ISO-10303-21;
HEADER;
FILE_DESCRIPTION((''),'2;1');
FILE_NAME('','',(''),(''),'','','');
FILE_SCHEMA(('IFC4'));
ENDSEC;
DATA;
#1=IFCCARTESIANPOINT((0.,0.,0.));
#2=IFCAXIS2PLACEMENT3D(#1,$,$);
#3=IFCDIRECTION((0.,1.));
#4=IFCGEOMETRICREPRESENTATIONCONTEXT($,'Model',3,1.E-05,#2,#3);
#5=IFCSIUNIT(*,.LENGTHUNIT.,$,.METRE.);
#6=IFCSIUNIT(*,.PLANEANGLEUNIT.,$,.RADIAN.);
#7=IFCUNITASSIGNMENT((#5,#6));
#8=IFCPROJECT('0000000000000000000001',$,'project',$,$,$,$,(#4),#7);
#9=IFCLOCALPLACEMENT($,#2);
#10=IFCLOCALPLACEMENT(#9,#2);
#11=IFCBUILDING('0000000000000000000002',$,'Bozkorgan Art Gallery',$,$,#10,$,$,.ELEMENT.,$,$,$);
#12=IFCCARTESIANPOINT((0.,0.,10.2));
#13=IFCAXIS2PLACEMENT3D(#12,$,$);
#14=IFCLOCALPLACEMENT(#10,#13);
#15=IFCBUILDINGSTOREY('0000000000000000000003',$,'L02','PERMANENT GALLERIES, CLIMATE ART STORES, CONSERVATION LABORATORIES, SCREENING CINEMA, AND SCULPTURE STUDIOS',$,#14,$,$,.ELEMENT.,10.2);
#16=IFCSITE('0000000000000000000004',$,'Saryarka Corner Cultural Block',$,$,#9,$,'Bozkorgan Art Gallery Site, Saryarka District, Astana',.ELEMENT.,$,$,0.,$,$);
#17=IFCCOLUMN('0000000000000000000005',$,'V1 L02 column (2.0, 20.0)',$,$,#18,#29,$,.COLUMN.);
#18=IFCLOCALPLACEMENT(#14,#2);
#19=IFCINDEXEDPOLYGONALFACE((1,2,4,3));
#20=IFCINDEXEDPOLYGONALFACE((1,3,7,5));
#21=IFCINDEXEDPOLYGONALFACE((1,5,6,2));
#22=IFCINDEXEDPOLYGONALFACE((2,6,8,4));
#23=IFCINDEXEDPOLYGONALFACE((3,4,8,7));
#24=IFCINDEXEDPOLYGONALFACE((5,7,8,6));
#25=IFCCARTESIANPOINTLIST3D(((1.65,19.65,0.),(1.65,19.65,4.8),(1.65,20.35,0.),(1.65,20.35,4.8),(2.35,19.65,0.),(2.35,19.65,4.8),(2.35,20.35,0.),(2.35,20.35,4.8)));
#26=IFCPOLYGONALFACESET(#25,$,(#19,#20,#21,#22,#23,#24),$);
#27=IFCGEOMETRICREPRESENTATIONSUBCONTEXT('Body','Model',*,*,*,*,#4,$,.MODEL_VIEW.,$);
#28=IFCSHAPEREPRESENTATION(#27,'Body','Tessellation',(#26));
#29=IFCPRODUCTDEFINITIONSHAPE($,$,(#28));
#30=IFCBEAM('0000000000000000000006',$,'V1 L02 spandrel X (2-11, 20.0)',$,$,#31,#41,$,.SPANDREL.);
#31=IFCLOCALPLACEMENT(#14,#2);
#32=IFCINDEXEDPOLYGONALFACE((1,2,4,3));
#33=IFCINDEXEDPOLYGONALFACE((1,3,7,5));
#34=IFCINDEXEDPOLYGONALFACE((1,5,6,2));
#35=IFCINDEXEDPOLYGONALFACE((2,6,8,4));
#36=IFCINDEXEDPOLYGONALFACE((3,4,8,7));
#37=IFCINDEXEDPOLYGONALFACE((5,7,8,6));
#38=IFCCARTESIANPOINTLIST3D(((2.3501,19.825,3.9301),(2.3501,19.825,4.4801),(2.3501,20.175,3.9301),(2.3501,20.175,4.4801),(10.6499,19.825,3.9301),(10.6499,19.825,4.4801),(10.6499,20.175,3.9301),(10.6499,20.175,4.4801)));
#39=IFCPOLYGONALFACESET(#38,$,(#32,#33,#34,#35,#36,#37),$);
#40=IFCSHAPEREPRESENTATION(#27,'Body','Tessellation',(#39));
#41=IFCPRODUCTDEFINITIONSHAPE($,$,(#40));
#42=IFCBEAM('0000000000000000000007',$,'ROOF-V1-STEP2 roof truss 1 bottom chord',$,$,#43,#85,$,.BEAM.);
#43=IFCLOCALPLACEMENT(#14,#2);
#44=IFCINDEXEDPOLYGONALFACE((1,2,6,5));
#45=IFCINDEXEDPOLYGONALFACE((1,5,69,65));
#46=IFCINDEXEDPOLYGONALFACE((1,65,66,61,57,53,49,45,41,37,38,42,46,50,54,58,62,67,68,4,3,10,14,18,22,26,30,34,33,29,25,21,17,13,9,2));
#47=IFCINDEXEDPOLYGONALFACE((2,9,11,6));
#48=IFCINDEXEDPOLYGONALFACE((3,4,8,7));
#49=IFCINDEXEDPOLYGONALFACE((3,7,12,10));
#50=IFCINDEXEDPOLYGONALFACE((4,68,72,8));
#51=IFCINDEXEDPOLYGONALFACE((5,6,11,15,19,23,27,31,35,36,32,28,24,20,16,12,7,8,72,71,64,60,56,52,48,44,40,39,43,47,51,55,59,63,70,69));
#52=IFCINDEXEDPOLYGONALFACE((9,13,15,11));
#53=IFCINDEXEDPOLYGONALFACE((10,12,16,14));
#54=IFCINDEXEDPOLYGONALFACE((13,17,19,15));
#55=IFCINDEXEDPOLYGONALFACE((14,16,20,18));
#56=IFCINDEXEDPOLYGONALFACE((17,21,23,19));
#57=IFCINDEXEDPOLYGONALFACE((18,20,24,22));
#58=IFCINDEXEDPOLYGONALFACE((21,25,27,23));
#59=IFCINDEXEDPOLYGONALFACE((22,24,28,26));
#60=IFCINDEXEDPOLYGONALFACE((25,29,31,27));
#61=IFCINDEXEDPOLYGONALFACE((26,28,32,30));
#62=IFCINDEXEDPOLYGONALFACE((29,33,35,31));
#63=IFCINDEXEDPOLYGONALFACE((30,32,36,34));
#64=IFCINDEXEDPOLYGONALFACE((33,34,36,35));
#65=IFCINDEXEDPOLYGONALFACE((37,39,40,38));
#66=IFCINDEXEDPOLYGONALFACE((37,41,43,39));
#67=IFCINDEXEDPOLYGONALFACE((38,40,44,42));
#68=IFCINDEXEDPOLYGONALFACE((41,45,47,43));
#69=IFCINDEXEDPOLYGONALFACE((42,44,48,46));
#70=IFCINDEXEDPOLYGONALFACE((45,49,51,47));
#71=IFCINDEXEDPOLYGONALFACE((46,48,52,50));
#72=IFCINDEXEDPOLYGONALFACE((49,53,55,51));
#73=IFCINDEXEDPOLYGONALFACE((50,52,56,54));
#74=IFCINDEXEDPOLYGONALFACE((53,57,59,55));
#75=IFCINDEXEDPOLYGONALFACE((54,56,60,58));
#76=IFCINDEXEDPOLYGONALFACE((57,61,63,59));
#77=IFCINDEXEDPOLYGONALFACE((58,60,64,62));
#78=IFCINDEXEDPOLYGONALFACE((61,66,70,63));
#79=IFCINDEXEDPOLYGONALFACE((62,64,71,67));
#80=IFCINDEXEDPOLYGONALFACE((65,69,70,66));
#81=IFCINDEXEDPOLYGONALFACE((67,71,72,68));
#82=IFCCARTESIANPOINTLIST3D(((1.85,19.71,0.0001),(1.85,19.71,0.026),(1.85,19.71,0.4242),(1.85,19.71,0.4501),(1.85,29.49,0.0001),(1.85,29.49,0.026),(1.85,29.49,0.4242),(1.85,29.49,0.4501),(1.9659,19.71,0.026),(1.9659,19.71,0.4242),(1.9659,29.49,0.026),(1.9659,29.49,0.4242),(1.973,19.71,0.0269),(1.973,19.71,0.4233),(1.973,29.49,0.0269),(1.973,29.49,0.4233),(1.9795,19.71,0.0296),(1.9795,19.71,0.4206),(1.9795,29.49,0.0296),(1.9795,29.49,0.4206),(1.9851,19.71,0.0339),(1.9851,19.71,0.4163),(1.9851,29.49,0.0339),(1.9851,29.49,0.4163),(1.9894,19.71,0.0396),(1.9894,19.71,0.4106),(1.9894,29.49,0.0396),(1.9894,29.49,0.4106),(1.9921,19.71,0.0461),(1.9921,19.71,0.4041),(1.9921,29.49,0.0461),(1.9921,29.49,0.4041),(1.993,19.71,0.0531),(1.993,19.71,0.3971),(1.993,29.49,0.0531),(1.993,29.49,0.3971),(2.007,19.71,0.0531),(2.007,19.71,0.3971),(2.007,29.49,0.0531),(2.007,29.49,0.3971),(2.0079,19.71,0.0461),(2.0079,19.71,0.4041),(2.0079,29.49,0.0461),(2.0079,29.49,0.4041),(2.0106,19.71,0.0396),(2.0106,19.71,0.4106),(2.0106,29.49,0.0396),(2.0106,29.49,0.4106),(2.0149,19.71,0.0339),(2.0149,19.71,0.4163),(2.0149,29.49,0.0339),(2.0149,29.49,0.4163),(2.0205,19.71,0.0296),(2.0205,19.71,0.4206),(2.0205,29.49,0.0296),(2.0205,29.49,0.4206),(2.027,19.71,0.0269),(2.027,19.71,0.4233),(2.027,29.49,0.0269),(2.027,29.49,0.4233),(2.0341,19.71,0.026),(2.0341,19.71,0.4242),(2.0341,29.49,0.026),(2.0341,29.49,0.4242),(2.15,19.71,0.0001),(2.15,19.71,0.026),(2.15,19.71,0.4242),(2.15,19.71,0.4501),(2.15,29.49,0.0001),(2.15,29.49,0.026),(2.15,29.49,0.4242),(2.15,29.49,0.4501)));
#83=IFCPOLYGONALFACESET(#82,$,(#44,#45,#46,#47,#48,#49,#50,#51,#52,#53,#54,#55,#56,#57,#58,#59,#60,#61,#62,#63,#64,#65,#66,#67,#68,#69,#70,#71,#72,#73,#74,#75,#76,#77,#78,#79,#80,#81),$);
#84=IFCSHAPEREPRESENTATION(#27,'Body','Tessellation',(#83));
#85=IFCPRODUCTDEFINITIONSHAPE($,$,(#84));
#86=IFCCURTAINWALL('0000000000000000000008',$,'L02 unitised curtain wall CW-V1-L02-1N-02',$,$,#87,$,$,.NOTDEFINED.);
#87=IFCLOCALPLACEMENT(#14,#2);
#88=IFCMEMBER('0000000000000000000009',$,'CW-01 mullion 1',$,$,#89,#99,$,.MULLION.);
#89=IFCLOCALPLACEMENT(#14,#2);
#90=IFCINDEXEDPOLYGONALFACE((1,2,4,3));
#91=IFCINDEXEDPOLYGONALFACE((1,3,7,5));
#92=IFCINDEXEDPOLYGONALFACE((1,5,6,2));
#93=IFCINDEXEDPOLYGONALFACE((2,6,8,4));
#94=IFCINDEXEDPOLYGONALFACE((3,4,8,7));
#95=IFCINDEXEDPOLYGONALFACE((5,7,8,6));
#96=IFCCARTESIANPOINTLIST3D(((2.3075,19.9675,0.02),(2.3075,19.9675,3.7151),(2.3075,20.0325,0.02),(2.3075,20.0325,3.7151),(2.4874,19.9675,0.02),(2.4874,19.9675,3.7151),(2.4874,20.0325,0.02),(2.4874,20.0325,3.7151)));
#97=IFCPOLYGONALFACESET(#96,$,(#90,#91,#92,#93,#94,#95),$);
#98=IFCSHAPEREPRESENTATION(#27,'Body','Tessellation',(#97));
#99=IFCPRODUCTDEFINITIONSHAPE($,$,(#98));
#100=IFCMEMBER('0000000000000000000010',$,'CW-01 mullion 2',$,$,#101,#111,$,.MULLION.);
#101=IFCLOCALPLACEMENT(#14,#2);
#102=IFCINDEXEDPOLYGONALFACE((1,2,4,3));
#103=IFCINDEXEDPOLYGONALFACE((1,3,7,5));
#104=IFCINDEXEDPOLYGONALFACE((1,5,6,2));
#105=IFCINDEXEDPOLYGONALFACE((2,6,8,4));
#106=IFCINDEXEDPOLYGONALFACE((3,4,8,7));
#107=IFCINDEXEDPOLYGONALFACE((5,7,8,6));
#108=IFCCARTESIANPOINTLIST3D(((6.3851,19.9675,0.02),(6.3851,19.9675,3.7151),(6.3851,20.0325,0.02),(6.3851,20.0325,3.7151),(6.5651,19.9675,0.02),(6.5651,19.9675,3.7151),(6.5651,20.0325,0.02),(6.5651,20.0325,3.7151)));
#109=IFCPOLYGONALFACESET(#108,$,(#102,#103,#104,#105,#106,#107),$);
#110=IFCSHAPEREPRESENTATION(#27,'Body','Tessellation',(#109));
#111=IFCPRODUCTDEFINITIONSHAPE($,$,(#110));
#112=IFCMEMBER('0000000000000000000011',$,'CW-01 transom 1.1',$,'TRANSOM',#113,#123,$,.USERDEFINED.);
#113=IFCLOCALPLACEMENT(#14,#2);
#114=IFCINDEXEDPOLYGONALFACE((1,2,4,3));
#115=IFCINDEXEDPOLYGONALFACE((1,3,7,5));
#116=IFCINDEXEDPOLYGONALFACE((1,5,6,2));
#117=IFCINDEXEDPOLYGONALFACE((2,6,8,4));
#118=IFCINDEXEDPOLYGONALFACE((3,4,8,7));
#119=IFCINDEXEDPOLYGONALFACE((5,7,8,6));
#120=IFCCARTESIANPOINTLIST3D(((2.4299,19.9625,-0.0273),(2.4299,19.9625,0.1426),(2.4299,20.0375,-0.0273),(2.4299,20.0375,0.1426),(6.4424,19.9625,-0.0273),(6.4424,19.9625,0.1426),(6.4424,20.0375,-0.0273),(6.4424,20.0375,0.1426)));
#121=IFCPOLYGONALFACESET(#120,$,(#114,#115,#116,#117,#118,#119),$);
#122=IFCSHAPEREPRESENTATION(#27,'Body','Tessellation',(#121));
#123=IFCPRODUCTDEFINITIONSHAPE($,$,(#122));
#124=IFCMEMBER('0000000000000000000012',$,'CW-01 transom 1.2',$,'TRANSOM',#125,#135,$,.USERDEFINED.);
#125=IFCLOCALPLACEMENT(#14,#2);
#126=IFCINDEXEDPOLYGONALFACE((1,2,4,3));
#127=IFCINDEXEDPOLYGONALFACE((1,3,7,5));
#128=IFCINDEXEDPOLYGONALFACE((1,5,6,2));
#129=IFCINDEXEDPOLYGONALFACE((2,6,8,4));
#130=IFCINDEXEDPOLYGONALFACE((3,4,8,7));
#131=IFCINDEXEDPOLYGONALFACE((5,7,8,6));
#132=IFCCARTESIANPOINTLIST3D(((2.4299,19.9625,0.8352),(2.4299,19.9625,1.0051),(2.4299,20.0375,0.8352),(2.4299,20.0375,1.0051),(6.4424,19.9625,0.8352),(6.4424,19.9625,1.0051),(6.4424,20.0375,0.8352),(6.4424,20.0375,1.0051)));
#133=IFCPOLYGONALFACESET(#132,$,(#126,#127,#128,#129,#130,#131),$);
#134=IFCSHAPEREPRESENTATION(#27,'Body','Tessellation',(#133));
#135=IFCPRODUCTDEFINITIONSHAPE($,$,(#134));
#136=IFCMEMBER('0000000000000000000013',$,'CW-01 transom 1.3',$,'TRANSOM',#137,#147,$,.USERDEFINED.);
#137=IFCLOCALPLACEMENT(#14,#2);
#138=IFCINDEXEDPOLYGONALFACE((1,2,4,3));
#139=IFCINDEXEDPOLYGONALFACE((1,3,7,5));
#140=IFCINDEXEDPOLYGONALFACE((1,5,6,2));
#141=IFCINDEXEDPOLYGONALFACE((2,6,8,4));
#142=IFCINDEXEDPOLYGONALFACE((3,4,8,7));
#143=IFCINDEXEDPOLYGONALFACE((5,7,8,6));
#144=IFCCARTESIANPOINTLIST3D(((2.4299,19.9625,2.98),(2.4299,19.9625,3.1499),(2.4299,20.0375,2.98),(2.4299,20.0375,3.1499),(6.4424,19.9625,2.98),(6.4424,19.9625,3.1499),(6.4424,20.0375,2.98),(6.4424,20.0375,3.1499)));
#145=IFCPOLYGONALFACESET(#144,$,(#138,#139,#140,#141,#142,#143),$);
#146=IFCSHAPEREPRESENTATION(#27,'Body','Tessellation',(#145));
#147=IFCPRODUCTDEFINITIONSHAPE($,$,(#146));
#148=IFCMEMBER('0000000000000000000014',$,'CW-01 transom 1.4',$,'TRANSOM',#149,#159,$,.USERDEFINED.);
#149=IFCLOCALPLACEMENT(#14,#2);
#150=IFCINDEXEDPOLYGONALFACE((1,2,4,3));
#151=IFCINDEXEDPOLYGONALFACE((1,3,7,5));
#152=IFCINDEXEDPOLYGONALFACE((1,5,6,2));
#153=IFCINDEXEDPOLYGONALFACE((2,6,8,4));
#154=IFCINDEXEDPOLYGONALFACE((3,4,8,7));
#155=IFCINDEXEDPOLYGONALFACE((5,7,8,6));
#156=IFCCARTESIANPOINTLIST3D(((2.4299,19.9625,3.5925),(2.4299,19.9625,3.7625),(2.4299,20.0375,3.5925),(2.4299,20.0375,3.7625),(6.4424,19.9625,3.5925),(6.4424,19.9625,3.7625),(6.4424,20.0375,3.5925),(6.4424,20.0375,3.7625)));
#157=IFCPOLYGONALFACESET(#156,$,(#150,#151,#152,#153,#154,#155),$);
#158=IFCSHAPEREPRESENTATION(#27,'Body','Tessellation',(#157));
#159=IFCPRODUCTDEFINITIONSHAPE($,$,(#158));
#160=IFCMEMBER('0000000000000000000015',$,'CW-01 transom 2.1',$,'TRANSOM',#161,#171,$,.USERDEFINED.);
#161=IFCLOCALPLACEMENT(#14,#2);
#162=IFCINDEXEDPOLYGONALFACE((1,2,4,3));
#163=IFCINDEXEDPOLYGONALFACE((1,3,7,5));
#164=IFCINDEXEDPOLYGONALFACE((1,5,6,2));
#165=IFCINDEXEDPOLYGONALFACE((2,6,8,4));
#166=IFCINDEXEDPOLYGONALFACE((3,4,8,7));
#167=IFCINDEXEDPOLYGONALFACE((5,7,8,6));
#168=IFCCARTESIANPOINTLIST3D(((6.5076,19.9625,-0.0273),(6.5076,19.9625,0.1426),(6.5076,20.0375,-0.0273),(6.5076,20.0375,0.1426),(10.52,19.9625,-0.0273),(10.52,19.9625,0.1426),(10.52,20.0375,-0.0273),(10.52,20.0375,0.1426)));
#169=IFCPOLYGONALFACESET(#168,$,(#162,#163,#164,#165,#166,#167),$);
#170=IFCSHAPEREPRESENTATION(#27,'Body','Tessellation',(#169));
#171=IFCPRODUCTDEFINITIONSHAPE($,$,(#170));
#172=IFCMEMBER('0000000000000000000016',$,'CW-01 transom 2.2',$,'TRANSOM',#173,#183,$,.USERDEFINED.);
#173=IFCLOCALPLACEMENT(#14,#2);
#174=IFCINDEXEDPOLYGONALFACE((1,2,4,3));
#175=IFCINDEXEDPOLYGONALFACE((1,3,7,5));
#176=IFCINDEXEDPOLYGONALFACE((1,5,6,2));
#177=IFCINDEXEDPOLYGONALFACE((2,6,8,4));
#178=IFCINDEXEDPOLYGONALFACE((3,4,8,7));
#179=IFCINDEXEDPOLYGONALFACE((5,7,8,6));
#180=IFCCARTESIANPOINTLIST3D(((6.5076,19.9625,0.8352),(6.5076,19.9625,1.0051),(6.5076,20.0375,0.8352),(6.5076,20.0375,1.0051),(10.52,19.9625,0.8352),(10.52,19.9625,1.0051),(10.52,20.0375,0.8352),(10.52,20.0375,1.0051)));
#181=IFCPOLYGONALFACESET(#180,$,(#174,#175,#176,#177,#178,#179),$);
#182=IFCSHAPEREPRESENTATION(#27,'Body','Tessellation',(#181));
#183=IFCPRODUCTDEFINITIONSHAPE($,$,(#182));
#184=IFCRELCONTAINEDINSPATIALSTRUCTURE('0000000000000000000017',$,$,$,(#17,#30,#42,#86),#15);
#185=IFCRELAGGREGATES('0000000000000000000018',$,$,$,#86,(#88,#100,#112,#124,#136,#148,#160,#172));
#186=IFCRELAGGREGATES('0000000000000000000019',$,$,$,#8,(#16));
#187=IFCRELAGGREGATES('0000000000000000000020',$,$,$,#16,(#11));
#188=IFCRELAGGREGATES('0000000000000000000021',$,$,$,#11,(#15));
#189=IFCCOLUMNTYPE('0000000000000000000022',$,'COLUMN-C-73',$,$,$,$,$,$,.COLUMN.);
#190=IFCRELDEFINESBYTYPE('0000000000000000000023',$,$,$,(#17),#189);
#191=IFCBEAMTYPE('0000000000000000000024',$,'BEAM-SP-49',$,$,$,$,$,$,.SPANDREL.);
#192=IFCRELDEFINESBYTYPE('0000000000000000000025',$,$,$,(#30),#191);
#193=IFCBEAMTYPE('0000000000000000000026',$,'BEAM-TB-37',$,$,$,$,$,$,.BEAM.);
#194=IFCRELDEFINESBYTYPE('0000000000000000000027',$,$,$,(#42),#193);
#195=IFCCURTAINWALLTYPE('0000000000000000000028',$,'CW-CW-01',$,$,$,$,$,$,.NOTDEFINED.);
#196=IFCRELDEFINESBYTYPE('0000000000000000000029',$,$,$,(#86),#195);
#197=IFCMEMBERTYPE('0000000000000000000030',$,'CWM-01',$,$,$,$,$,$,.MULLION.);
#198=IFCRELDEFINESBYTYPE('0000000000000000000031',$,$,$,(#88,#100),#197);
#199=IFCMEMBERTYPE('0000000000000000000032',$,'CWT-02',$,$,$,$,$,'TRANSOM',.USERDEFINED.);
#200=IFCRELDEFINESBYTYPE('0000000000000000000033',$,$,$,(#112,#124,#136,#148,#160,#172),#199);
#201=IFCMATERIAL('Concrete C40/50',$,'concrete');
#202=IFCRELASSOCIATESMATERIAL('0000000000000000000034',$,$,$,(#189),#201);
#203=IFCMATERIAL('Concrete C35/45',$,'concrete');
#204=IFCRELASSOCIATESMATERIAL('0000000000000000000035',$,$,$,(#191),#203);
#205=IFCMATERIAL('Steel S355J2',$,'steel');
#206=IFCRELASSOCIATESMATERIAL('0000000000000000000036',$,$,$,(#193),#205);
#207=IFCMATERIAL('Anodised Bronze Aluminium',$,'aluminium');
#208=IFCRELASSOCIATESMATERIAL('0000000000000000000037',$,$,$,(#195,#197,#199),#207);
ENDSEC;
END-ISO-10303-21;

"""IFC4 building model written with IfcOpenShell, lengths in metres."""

from ifc_helpers import new_model, si_unit, direction, frame, origin, origin_2d, place, context, subcontext, project, spatial, rectangle, i_section, extrude, material, material_profile, profile_set, type_object, element, aggregate, save


model = new_model("IFC4")

# Units and contexts
model_context = context("Model", 3, precision=1e-05, world=origin(), true_north=direction((0.0, 1.0)))
body_context = subcontext(model_context, "Body", "Model", "MODEL_VIEW")
ifc_project = project(units=[si_unit("LENGTHUNIT", "METRE"), si_unit("PLANEANGLEUNIT", "RADIAN")], contexts=[model_context])

# Site, building, storey
site_placement = place(None, origin())
site = spatial("IfcSite", under=ifc_project, at=site_placement, Name="Saryarka Corner Cultural Block", LongName="Bozkorgan Art Gallery Site, Saryarka District, Astana", CompositionType="ELEMENT", RefElevation=0.0)
building_placement = place(site_placement, origin())
building = spatial("IfcBuilding", under=site, at=building_placement, Name="Bozkorgan Art Gallery", CompositionType="ELEMENT")
storey_placement = place(building_placement, frame((0.0, 0.0, 10.2)))
storey = spatial("IfcBuildingStorey", under=building, at=storey_placement, Name="L02", Description="PERMANENT GALLERIES, CLIMATE ART STORES, CONSERVATION LABORATORIES, SCREENING CINEMA, AND SCULPTURE STUDIOS", CompositionType="ELEMENT", Elevation=10.2)

# Column
ifc_material_1 = material(Name="Concrete C40/50", Category="concrete")
ifc_material_profile_1 = material_profile(ifc_material_1, rectangle(XDim=0.7, YDim=0.7, at=origin_2d()), Name="RC 700x700")
ifc_profile_set_1 = profile_set([ifc_material_profile_1], Name="Concrete C40/50")
column_type = type_object("IfcColumnType", Name="COLUMN-C-73", PredefinedType="COLUMN", material=ifc_profile_set_1)
column_placement = place(storey_placement, frame((2.0, 20.0, 0.0), z_axis=(0.0, 0.0, 1.0), x_axis=(1.0, 0.0, 0.0)))
element("IfcColumn", 1, at=column_placement, inside=storey, type_object=column_type, Name="V1 L02 column (2.0, 20.0)", PredefinedType="COLUMN", context=body_context, shape_type="SweptSolid", body=[
    extrude(rectangle(XDim=0.7, YDim=0.7, at=origin_2d()), origin(), (0.0, 0.0, 1.0), 4.8),
])

# Beams
ifc_material_2 = material(Name="Concrete C35/45", Category="concrete")
ifc_material_profile_2 = material_profile(ifc_material_2, rectangle(XDim=0.3501, YDim=0.55, at=origin_2d()), Name="RC 350x550")
ifc_profile_set_2 = profile_set([ifc_material_profile_2], Name="Concrete C35/45")
beam_type_1 = type_object("IfcBeamType", Name="BEAM-SP-49", PredefinedType="SPANDREL", material=ifc_profile_set_2)
beam_1_placement = place(storey_placement, frame((2.3501, 20.0, 4.2051), z_axis=(1.0, 0.0, 0.0), x_axis=(0.0, 1.0, 0.0)))
element("IfcBeam", 2, at=beam_1_placement, inside=storey, type_object=beam_type_1, Name="V1 L02 spandrel X (2-11, 20.0)", PredefinedType="SPANDREL", context=body_context, shape_type="SweptSolid", body=[
    extrude(rectangle(XDim=0.3501, YDim=0.55, at=origin_2d()), origin(), (0.0, 0.0, 1.0), 8.2998),
])
ifc_material_3 = material(Name="Steel S355J2", Category="steel")
ifc_material_profile_3 = material_profile(ifc_material_3, i_section(OverallWidth=0.3, OverallDepth=0.45, WebThickness=0.0139, FlangeThickness=0.0259, FilletRadius=0.0271, at=origin_2d()), Name="HEB 450")
ifc_profile_set_3 = profile_set([ifc_material_profile_3], Name="Steel S355J2")
beam_type_2 = type_object("IfcBeamType", Name="BEAM-TB-37", PredefinedType="BEAM", material=ifc_profile_set_3)
beam_2_placement = place(storey_placement, frame((2.0, 19.71, 0.2251), z_axis=(0.0, 1.0, 0.0), x_axis=(-1.0, 0.0, 0.0)))
element("IfcBeam", 3, at=beam_2_placement, inside=storey, type_object=beam_type_2, Name="ROOF-V1-STEP2 roof truss 1 bottom chord", PredefinedType="BEAM", context=body_context, shape_type="SweptSolid", body=[
    extrude(i_section(OverallWidth=0.3, OverallDepth=0.45, WebThickness=0.0139, FlangeThickness=0.0259, FilletRadius=0.0271, at=origin_2d()), origin(), (0.0, 0.0, 1.0), 9.78),
])

# Curtain wall, members
ifc_material_4 = material(Name="Anodised Bronze Aluminium", Category="aluminium")
curtain_wall_type = type_object("IfcCurtainWallType", Name="CW-CW-01", PredefinedType="NOTDEFINED", material=ifc_material_4)
curtain_wall_placement = place(storey_placement, origin())
curtain_wall = element("IfcCurtainWall", 4, at=curtain_wall_placement, inside=storey, type_object=curtain_wall_type, Name="L02 unitised curtain wall CW-V1-L02-1N-02", PredefinedType="NOTDEFINED")
ifc_material_profile_4 = material_profile(ifc_material_4, rectangle(XDim=0.0649, YDim=0.1799, at=origin_2d()), Name="ALU MULLION 65x180")
ifc_profile_set_4 = profile_set([ifc_material_profile_4], Name="Anodised Bronze Aluminium")
member_type_1 = type_object("IfcMemberType", Name="CWM-01", PredefinedType="MULLION", material=ifc_profile_set_4)
member_1_placement = place(storey_placement, frame((2.3975, 20.0, 0.02), z_axis=(0.0, 0.0, 1.0), x_axis=(0.0, 1.0, 0.0)))
member_1 = element("IfcMember", 5, at=member_1_placement, type_object=member_type_1, Name="CW-01 mullion 1", PredefinedType="MULLION", context=body_context, shape_type="SweptSolid", body=[
    extrude(rectangle(XDim=0.0649, YDim=0.1799, at=origin_2d()), origin(), (0.0, 0.0, 1.0), 3.6951),
])
member_2_placement = place(storey_placement, frame((6.4751, 20.0, 0.02), z_axis=(0.0, 0.0, 1.0), x_axis=(0.0, 1.0, 0.0)))
member_2 = element("IfcMember", 6, at=member_2_placement, type_object=member_type_1, Name="CW-01 mullion 2", PredefinedType="MULLION", context=body_context, shape_type="SweptSolid", body=[
    extrude(rectangle(XDim=0.0649, YDim=0.1799, at=origin_2d()), origin(), (0.0, 0.0, 1.0), 3.6951),
])
ifc_material_profile_5 = material_profile(ifc_material_4, rectangle(XDim=0.075, YDim=0.1699, at=origin_2d()), Name="ALU TRANSOM 75x170")
ifc_profile_set_5 = profile_set([ifc_material_profile_5], Name="Anodised Bronze Aluminium")
member_type_2 = type_object("IfcMemberType", Name="CWT-02", ElementType="TRANSOM", PredefinedType="USERDEFINED", material=ifc_profile_set_5)
member_3_placement = place(storey_placement, frame((2.4299, 20.0, 0.0576), z_axis=(1.0, 0.0, 0.0), x_axis=(0.0, 1.0, 0.0)))
member_3 = element("IfcMember", 7, at=member_3_placement, type_object=member_type_2, Name="CW-01 transom 1.1", ObjectType="TRANSOM", PredefinedType="USERDEFINED", context=body_context, shape_type="SweptSolid", body=[
    extrude(rectangle(XDim=0.075, YDim=0.1699, at=origin_2d()), origin(), (0.0, 0.0, 1.0), 4.0125),
])
member_4_placement = place(storey_placement, frame((2.4299, 20.0, 0.9202), z_axis=(1.0, 0.0, 0.0), x_axis=(0.0, 1.0, 0.0)))
member_4 = element("IfcMember", 8, at=member_4_placement, type_object=member_type_2, Name="CW-01 transom 1.2", ObjectType="TRANSOM", PredefinedType="USERDEFINED", context=body_context, shape_type="SweptSolid", body=[
    extrude(rectangle(XDim=0.075, YDim=0.1699, at=origin_2d()), origin(), (0.0, 0.0, 1.0), 4.0125),
])
member_5_placement = place(storey_placement, frame((2.4299, 20.0, 3.0649), z_axis=(1.0, 0.0, 0.0), x_axis=(0.0, 1.0, 0.0)))
member_5 = element("IfcMember", 9, at=member_5_placement, type_object=member_type_2, Name="CW-01 transom 1.3", ObjectType="TRANSOM", PredefinedType="USERDEFINED", context=body_context, shape_type="SweptSolid", body=[
    extrude(rectangle(XDim=0.075, YDim=0.1699, at=origin_2d()), origin(), (0.0, 0.0, 1.0), 4.0125),
])
member_6_placement = place(storey_placement, frame((2.4299, 20.0, 3.6775), z_axis=(1.0, 0.0, 0.0), x_axis=(0.0, 1.0, 0.0)))
member_6 = element("IfcMember", 10, at=member_6_placement, type_object=member_type_2, Name="CW-01 transom 1.4", ObjectType="TRANSOM", PredefinedType="USERDEFINED", context=body_context, shape_type="SweptSolid", body=[
    extrude(rectangle(XDim=0.075, YDim=0.1699, at=origin_2d()), origin(), (0.0, 0.0, 1.0), 4.0125),
])
member_7_placement = place(storey_placement, frame((6.5076, 20.0, 0.0576), z_axis=(1.0, 0.0, 0.0), x_axis=(0.0, 1.0, 0.0)))
member_7 = element("IfcMember", 11, at=member_7_placement, type_object=member_type_2, Name="CW-01 transom 2.1", ObjectType="TRANSOM", PredefinedType="USERDEFINED", context=body_context, shape_type="SweptSolid", body=[
    extrude(rectangle(XDim=0.075, YDim=0.1699, at=origin_2d()), origin(), (0.0, 0.0, 1.0), 4.0125),
])
member_8_placement = place(storey_placement, frame((6.5076, 20.0, 0.9202), z_axis=(1.0, 0.0, 0.0), x_axis=(0.0, 1.0, 0.0)))
member_8 = element("IfcMember", 12, at=member_8_placement, type_object=member_type_2, Name="CW-01 transom 2.2", ObjectType="TRANSOM", PredefinedType="USERDEFINED", context=body_context, shape_type="SweptSolid", body=[
    extrude(rectangle(XDim=0.075, YDim=0.1699, at=origin_2d()), origin(), (0.0, 0.0, 1.0), 4.0125),
])

aggregate(curtain_wall, [member_1, member_2, member_3, member_4, member_5, member_6, member_7, member_8])

save(model, "model.ifc")
